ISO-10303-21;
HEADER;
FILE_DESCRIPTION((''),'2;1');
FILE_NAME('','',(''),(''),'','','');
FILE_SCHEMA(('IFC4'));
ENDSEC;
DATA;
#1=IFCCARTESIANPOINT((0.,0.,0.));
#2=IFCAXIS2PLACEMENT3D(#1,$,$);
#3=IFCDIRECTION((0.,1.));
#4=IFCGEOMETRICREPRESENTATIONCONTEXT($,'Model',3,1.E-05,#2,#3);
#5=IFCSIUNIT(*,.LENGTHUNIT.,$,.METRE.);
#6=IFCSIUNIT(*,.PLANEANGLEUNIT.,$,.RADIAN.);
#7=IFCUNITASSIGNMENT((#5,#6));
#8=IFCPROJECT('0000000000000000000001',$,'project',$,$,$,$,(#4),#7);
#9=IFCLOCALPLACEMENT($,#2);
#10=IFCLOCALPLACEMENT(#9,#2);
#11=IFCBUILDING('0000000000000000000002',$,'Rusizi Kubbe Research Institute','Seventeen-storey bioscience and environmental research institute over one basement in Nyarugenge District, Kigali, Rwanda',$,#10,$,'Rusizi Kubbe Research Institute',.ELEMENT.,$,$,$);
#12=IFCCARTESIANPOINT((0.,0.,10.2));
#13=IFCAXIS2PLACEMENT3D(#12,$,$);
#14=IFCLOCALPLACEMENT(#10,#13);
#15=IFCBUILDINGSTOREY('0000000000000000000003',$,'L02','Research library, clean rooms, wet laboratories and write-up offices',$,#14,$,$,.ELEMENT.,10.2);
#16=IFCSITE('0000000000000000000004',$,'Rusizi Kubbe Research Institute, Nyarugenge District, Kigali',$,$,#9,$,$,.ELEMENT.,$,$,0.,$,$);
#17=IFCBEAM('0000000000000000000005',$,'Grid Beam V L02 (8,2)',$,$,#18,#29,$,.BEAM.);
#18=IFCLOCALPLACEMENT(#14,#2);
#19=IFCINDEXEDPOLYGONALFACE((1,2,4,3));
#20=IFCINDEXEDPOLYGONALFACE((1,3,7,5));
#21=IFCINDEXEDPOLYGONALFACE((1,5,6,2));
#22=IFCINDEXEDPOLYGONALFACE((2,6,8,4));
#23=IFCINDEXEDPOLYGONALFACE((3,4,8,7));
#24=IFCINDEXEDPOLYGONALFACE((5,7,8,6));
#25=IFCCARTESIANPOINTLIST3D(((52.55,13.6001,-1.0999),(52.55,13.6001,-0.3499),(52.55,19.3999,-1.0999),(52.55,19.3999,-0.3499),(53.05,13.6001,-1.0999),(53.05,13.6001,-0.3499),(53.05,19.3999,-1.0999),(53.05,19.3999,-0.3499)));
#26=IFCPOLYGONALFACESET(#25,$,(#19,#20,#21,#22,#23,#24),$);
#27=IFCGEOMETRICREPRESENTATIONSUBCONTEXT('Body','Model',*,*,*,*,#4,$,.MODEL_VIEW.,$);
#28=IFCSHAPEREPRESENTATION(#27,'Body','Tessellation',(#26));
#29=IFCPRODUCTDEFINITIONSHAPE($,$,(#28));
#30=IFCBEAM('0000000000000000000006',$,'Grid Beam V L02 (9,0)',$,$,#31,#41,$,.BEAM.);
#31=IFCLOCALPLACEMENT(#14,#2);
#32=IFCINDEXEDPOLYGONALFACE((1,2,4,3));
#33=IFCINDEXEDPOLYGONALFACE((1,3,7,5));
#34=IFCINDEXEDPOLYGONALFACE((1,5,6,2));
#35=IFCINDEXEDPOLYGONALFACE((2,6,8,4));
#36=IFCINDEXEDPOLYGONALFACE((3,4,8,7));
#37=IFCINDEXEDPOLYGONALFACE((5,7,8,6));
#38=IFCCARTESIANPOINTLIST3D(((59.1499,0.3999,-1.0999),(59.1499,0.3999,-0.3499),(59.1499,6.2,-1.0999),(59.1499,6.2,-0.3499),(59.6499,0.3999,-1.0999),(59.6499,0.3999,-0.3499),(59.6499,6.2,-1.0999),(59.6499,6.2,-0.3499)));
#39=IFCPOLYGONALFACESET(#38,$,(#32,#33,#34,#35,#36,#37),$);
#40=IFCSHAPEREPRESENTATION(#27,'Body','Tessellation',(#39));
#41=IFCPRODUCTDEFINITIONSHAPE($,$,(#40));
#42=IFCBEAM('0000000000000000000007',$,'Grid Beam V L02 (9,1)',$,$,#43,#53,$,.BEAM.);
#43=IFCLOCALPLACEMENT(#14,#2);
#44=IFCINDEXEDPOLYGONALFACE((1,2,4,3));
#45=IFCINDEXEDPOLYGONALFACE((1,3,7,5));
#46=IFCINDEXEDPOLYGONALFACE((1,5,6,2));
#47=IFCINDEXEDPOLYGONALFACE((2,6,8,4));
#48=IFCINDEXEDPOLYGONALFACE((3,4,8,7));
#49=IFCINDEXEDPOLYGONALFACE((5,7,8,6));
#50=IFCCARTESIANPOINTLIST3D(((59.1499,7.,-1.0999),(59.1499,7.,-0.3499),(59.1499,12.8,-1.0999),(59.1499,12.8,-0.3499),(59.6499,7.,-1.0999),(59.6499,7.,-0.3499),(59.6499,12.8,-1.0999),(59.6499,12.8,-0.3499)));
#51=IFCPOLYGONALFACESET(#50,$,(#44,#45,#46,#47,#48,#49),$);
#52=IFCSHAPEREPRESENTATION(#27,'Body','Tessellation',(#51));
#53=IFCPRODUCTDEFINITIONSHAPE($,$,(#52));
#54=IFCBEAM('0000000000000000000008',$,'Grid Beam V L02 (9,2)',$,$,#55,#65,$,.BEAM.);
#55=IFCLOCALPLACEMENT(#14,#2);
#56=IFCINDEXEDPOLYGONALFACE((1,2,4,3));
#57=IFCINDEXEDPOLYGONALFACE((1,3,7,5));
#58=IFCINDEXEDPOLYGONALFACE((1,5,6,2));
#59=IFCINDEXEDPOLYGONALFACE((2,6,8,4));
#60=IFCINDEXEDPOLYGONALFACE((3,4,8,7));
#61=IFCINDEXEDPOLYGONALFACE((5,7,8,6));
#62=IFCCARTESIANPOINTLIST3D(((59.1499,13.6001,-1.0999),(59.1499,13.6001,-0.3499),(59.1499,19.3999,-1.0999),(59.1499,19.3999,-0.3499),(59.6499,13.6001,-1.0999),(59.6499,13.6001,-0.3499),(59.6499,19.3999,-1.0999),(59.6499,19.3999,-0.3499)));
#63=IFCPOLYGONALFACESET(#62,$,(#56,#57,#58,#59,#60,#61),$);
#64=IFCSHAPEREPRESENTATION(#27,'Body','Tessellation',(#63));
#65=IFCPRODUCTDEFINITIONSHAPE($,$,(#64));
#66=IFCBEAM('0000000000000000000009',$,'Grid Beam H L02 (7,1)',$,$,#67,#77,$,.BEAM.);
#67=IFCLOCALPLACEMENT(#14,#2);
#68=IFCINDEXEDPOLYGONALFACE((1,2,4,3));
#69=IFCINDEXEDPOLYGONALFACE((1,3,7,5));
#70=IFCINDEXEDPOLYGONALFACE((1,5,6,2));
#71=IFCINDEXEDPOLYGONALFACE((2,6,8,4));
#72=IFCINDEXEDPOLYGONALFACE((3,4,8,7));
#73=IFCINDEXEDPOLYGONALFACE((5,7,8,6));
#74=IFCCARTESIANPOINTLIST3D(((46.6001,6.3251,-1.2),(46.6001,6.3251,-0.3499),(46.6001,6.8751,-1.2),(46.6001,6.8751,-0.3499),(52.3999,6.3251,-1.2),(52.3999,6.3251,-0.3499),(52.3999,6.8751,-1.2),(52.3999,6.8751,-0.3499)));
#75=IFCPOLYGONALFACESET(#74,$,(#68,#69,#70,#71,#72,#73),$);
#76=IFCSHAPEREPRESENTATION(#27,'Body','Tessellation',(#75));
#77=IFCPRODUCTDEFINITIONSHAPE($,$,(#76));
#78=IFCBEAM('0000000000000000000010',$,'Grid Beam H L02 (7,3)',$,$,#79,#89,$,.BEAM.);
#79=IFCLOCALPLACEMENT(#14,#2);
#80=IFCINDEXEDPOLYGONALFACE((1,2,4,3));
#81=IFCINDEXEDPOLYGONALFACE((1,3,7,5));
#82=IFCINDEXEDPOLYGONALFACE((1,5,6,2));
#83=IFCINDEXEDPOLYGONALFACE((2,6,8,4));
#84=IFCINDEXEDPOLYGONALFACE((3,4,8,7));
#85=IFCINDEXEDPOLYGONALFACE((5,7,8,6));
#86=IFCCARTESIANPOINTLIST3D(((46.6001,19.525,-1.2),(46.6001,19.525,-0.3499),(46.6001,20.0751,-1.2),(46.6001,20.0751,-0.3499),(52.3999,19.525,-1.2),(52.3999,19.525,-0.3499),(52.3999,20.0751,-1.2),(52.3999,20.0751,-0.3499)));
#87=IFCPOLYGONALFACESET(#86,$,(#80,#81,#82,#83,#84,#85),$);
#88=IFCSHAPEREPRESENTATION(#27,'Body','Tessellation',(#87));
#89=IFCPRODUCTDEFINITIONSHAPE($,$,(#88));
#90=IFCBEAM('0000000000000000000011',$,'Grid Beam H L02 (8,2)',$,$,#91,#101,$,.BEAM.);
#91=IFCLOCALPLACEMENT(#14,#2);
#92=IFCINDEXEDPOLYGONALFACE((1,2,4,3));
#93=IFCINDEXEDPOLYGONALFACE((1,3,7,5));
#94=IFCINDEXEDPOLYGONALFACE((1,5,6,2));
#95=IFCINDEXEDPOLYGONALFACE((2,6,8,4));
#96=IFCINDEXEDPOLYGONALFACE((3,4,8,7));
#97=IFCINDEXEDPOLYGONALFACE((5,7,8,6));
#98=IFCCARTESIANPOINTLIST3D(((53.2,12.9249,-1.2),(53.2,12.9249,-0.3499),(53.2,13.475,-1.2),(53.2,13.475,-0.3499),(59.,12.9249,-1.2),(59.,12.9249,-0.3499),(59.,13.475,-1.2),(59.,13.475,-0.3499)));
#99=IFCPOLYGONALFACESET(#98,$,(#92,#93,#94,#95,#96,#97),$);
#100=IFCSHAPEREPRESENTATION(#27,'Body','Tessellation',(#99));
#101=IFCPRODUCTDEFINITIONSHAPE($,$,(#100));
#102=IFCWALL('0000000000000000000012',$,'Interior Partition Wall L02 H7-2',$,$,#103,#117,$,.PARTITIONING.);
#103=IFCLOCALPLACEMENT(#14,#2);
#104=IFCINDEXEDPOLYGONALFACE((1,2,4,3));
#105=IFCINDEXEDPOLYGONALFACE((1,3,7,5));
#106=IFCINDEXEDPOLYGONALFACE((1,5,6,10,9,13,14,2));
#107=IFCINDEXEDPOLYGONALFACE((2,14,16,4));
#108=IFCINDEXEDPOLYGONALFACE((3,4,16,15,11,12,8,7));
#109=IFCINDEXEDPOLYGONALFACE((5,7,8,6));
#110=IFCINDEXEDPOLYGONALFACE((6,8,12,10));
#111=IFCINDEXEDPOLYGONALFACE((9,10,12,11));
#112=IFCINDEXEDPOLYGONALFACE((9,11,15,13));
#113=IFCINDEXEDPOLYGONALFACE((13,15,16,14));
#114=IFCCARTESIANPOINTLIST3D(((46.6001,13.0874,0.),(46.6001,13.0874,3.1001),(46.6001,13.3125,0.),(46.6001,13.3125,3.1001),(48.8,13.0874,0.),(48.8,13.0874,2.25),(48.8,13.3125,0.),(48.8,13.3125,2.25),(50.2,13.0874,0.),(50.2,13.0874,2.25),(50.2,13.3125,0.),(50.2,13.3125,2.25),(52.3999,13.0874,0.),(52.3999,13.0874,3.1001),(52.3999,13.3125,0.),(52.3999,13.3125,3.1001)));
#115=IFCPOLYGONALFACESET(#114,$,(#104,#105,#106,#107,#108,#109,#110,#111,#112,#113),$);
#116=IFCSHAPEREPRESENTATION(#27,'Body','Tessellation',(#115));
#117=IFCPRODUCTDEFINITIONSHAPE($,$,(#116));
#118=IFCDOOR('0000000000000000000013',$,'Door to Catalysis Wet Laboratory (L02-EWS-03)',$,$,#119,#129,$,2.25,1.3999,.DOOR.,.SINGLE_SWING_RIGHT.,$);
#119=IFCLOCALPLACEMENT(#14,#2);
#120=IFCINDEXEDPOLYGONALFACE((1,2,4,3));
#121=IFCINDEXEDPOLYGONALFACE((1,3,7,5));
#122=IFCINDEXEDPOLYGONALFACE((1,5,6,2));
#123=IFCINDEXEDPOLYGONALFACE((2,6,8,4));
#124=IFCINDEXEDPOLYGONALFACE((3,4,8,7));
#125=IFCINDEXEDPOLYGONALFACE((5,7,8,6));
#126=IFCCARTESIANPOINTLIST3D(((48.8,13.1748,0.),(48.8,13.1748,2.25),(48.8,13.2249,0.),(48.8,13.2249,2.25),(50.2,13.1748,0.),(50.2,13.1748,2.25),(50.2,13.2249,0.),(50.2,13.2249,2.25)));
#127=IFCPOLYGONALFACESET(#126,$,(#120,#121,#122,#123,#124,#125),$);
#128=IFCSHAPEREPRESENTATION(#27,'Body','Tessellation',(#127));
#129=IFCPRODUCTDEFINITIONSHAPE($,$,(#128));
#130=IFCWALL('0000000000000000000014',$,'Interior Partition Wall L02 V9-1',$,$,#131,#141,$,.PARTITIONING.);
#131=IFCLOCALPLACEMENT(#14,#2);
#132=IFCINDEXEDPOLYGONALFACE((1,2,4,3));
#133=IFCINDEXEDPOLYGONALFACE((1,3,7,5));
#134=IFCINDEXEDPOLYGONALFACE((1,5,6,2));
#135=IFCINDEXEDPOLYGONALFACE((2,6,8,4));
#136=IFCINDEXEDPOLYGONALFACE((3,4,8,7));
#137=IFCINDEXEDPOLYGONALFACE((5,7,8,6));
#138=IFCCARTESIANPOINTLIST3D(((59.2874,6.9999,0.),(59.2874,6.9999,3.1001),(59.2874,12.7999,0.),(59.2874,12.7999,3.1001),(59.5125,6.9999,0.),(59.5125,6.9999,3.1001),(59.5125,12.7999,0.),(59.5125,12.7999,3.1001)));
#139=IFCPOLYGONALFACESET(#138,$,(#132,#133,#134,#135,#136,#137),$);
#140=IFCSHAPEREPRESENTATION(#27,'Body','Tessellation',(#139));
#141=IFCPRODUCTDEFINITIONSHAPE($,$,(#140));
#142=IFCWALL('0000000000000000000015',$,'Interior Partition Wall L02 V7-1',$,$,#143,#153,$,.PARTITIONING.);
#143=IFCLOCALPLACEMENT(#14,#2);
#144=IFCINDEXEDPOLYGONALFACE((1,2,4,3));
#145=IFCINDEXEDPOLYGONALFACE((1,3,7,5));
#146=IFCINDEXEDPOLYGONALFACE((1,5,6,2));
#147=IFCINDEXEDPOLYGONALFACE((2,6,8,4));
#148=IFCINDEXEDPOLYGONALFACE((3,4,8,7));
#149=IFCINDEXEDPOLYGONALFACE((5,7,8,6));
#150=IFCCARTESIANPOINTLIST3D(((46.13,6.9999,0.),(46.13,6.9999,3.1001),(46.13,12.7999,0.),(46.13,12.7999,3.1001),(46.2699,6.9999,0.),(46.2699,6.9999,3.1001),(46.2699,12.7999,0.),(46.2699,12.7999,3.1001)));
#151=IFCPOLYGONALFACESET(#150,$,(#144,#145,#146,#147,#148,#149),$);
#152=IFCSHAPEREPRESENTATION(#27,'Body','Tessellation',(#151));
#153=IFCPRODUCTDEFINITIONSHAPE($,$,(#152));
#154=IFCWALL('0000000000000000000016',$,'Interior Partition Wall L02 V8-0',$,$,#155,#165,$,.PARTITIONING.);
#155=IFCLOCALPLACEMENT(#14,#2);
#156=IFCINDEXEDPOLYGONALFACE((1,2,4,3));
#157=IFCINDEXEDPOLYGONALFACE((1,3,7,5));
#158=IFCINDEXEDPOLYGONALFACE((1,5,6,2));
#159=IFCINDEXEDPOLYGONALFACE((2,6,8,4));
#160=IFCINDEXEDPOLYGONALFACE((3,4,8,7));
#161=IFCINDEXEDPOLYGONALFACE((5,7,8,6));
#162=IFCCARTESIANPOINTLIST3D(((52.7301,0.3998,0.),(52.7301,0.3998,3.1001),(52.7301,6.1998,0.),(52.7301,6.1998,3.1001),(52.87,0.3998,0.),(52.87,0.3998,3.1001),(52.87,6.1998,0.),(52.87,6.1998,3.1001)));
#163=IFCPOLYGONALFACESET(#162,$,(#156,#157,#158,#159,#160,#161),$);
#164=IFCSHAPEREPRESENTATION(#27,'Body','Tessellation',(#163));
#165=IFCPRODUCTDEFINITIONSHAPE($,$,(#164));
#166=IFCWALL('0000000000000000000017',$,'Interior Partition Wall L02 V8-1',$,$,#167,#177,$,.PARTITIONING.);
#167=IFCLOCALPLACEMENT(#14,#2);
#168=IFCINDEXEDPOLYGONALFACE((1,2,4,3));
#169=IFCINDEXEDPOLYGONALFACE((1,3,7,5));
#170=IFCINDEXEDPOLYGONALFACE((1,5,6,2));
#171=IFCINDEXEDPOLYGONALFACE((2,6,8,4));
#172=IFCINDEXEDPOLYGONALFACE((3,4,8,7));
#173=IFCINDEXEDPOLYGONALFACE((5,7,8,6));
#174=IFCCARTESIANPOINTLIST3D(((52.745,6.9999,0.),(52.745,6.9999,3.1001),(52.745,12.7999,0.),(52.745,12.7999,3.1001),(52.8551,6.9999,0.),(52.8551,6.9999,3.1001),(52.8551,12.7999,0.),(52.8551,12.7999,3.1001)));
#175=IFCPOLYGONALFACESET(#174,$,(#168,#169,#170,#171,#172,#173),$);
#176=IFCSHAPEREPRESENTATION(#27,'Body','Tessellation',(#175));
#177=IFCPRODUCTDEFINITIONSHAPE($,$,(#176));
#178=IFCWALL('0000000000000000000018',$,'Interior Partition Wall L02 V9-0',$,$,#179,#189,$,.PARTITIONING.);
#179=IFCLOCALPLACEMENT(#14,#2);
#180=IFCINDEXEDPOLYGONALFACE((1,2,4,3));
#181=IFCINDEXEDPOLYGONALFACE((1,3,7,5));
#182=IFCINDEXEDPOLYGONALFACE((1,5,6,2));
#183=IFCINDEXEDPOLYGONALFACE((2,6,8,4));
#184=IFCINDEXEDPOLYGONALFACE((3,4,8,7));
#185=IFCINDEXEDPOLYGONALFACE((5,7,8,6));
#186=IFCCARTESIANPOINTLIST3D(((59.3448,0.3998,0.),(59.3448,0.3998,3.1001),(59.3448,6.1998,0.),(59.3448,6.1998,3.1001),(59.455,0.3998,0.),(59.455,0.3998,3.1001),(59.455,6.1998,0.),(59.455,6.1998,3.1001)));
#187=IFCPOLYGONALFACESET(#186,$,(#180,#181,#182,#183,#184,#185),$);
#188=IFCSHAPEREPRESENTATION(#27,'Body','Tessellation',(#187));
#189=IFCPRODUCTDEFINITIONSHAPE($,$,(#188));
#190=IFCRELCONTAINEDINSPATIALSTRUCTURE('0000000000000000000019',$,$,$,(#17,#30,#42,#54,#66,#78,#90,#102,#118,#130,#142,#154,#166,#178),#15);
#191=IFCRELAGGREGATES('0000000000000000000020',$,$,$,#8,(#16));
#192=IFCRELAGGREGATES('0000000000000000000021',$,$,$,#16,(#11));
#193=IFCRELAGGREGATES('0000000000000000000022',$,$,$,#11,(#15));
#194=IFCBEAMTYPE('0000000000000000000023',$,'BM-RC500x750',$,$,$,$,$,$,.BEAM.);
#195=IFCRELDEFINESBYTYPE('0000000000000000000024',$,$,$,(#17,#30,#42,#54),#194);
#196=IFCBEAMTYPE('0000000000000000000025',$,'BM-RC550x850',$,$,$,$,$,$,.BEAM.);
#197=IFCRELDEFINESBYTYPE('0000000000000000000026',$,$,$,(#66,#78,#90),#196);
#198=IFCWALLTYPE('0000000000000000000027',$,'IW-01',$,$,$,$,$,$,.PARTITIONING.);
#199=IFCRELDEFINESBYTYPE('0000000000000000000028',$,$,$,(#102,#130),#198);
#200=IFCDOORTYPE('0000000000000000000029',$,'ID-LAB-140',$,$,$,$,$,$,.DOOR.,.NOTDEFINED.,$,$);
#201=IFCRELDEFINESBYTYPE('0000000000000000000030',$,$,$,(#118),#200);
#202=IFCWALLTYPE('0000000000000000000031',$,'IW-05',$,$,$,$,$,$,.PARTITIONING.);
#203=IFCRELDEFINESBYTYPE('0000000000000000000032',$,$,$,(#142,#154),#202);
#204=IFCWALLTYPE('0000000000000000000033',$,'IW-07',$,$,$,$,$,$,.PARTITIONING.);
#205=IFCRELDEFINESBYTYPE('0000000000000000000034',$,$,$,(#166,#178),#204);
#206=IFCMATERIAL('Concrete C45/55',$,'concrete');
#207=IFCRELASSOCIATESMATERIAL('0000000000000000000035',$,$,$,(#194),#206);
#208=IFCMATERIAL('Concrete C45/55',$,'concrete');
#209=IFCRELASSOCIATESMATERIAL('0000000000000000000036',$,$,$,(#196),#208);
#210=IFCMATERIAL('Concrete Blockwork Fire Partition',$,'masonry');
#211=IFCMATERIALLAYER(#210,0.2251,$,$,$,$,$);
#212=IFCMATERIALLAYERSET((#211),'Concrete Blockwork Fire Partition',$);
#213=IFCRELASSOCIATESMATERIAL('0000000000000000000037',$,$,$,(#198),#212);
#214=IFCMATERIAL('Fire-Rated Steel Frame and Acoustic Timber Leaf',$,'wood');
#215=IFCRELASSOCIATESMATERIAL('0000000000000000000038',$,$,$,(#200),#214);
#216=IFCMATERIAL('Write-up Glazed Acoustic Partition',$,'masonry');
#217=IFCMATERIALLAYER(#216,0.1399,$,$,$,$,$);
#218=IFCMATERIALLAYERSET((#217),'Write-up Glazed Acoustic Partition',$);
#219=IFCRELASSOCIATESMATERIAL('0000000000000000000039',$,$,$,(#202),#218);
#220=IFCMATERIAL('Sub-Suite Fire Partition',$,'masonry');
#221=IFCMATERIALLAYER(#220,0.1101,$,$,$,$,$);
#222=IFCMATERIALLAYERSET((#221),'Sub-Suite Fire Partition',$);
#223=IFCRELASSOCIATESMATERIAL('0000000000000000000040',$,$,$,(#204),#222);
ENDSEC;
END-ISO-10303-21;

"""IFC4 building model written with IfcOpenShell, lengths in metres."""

from ifc_helpers import new_model, si_unit, direction, frame, frame_2d, origin, origin_2d, place, context, subcontext, project, spatial, rectangle, extrude, material, layer, layer_set, material_profile, profile_set, type_object, element, fill, save


model = new_model("IFC4")

# Units and contexts
model_context = context("Model", 3, precision=1e-05, world=origin(), true_north=direction((0.0, 1.0)))
body_context = subcontext(model_context, "Body", "Model", "MODEL_VIEW")
ifc_project = project(units=[si_unit("LENGTHUNIT", "METRE"), si_unit("PLANEANGLEUNIT", "RADIAN")], contexts=[model_context])

# Site, building, storey
site_placement = place(None, origin())
site = spatial("IfcSite", under=ifc_project, at=site_placement, Name="Rusizi Kubbe Research Institute, Nyarugenge District, Kigali", CompositionType="ELEMENT", RefElevation=0.0)
building_placement = place(site_placement, origin())
building = spatial("IfcBuilding", under=site, at=building_placement, Name="Rusizi Kubbe Research Institute", Description="Seventeen-storey bioscience and environmental research institute over one basement in Nyarugenge District, Kigali, Rwanda", LongName="Rusizi Kubbe Research Institute", CompositionType="ELEMENT")
storey_placement = place(building_placement, frame((0.0, 0.0, 10.2)))
storey = spatial("IfcBuildingStorey", under=building, at=storey_placement, Name="L02", Description="Research library, clean rooms, wet laboratories and write-up offices", CompositionType="ELEMENT", Elevation=10.2)

# Beams
ifc_material_1 = material(Name="Concrete C45/55", Category="concrete")
ifc_material_profile_1 = material_profile(ifc_material_1, rectangle(XDim=0.5, YDim=0.75, at=origin_2d()), Name="RC500x750B")
ifc_profile_set_1 = profile_set([ifc_material_profile_1], Name="Concrete C45/55")
beam_type_1 = type_object("IfcBeamType", Name="BM-RC500x750", PredefinedType="BEAM", material=ifc_profile_set_1)
beam_1_placement = place(storey_placement, frame((52.8, 13.6001, -0.7249), z_axis=(0.0, 1.0, 0.0), x_axis=(-1.0, 0.0, 0.0)))
element("IfcBeam", 1, at=beam_1_placement, inside=storey, type_object=beam_type_1, Name="Grid Beam V L02 (8,2)", PredefinedType="BEAM", context=body_context, shape_type="SweptSolid", body=[
    extrude(rectangle(XDim=0.5, YDim=0.75, at=origin_2d()), origin(), (0.0, 0.0, 1.0), 5.7998),
])
for number, where, z_axis, x_axis, name in (
    (2, (59.3999, 0.3999, -0.7249), (0.0, 1.0, 0.0), (-1.0, 0.0, 0.0), "Grid Beam V L02 (9,0)"),
    (3, (59.3999, 7.0, -0.7249), (0.0, 1.0, 0.0), (-1.0, 0.0, 0.0), "Grid Beam V L02 (9,1)"),
):
    element("IfcBeam", number, at=place(storey_placement, frame(where, z_axis=z_axis, x_axis=x_axis)), inside=storey, type_object=beam_type_1, Name=name, PredefinedType="BEAM", context=body_context, shape_type="SweptSolid", body=[
        extrude(rectangle(XDim=0.5, YDim=0.75, at=origin_2d()), origin(), (0.0, 0.0, 1.0), 5.8),
    ])
beam_2_placement = place(storey_placement, frame((59.3999, 13.6001, -0.7249), z_axis=(0.0, 1.0, 0.0), x_axis=(-1.0, 0.0, 0.0)))
element("IfcBeam", 4, at=beam_2_placement, inside=storey, type_object=beam_type_1, Name="Grid Beam V L02 (9,2)", PredefinedType="BEAM", context=body_context, shape_type="SweptSolid", body=[
    extrude(rectangle(XDim=0.5, YDim=0.75, at=origin_2d()), origin(), (0.0, 0.0, 1.0), 5.7998),
])
ifc_material_2 = material(Name="Concrete C45/55", Category="concrete")
ifc_material_profile_2 = material_profile(ifc_material_2, rectangle(XDim=0.55, YDim=0.8501, at=origin_2d()), Name="RC550x850")
ifc_profile_set_2 = profile_set([ifc_material_profile_2], Name="Concrete C45/55")
beam_type_2 = type_object("IfcBeamType", Name="BM-RC550x850", PredefinedType="BEAM", material=ifc_profile_set_2)
for number, where, z_axis, x_axis, name in (
    (5, (46.6001, 6.6001, -0.7749), (1.0, 0.0, 0.0), (0.0, 1.0, 0.0), "Grid Beam H L02 (7,1)"),
    (6, (46.6001, 19.8, -0.7749), (1.0, 0.0, 0.0), (0.0, 1.0, 0.0), "Grid Beam H L02 (7,3)"),
):
    element("IfcBeam", number, at=place(storey_placement, frame(where, z_axis=z_axis, x_axis=x_axis)), inside=storey, type_object=beam_type_2, Name=name, PredefinedType="BEAM", context=body_context, shape_type="SweptSolid", body=[
        extrude(rectangle(XDim=0.55, YDim=0.8501, at=origin_2d()), origin(), (0.0, 0.0, 1.0), 5.7998),
    ])
beam_3_placement = place(storey_placement, frame((53.2, 13.2, -0.7749), z_axis=(1.0, 0.0, 0.0), x_axis=(0.0, 1.0, 0.0)))
element("IfcBeam", 7, at=beam_3_placement, inside=storey, type_object=beam_type_2, Name="Grid Beam H L02 (8,2)", PredefinedType="BEAM", context=body_context, shape_type="SweptSolid", body=[
    extrude(rectangle(XDim=0.55, YDim=0.8501, at=origin_2d()), origin(), (0.0, 0.0, 1.0), 5.8),
])

# Wall, opening, door
ifc_material_3 = material(Name="Concrete Blockwork Fire Partition", Category="masonry")
ifc_layer_1 = layer(ifc_material_3, 0.2251)
ifc_layer_set_1 = layer_set([ifc_layer_1], Name="Concrete Blockwork Fire Partition")
wall_type_1 = type_object("IfcWallType", Name="IW-01", PredefinedType="PARTITIONING", material=ifc_layer_set_1)
wall_1_placement = place(storey_placement, frame((46.6001, 13.2, 0.0), z_axis=(0.0, 0.0, 1.0), x_axis=(1.0, 0.0, 0.0)))
wall_1 = element("IfcWall", 8, at=wall_1_placement, inside=storey, type_object=wall_type_1, Name="Interior Partition Wall L02 H7-2", PredefinedType="PARTITIONING", context=body_context, shape_type="SweptSolid", body=[
    extrude(rectangle(XDim=5.7998, YDim=0.2251, at=frame_2d((2.8999, 0.0))), origin(), (0.0, 0.0, 1.0), 3.1001),
])
opening_1_placement = place(wall_1_placement, frame((2.2, 0.0, 0.0)))
opening_1 = element("IfcOpeningElement", 9, at=opening_1_placement, cuts=wall_1, PredefinedType="OPENING", context=body_context, shape_type="SweptSolid", body=[
    extrude(rectangle(XDim=1.3999, YDim=2.25, at=frame_2d((0.7, 1.125))), frame((0.0, 0.1226, 0.0), z_axis=(0.0, -1.0, 0.0), x_axis=(1.0, 0.0, 0.0)), (0.0, 0.0, 1.0), 0.2451),
])
ifc_material_4 = material(Name="Fire-Rated Steel Frame and Acoustic Timber Leaf", Category="wood")
door_type_1 = type_object("IfcDoorType", Name="ID-LAB-140", OperationType="NOTDEFINED", PredefinedType="DOOR", material=ifc_material_4)
door_1_placement = place(opening_1_placement, origin())
door_1 = element("IfcDoor", 10, at=door_1_placement, inside=storey, type_object=door_type_1, Name="Door to Catalysis Wet Laboratory (L02-EWS-03)", OperationType="SINGLE_SWING_RIGHT", OverallHeight=2.25, OverallWidth=1.3999, PredefinedType="DOOR", context=body_context, shape_type="SweptSolid", body=[
    extrude(rectangle(XDim=1.3999, YDim=2.25, at=frame_2d((0.7, 1.125))), frame((0.0, 0.0249, 0.0), z_axis=(0.0, -1.0, 0.0), x_axis=(1.0, 0.0, 0.0)), (0.0, 0.0, 1.0), 0.05),
])
fill(opening_1, door_1)

# Walls
wall_2_placement = place(storey_placement, frame((59.3999, 7.0, 0.0), z_axis=(0.0, 0.0, 1.0), x_axis=(0.0, 1.0, 0.0)))
element("IfcWall", 11, at=wall_2_placement, inside=storey, type_object=wall_type_1, Name="Interior Partition Wall L02 V9-1", PredefinedType="PARTITIONING", context=body_context, shape_type="SweptSolid", body=[
    extrude(rectangle(XDim=5.8, YDim=0.2251, at=frame_2d((2.8999, 0.0))), origin(), (0.0, 0.0, 1.0), 3.1001),
])
ifc_material_5 = material(Name="Write-up Glazed Acoustic Partition", Category="masonry")
ifc_layer_2 = layer(ifc_material_5, 0.1399)
ifc_layer_set_2 = layer_set([ifc_layer_2], Name="Write-up Glazed Acoustic Partition")
wall_type_2 = type_object("IfcWallType", Name="IW-05", PredefinedType="PARTITIONING", material=ifc_layer_set_2)
for number, where, z_axis, x_axis, name in (
    (12, (46.2, 7.0, 0.0), (0.0, 0.0, 1.0), (0.0, 1.0, 0.0), "Interior Partition Wall L02 V7-1"),
    (13, (52.8, 0.3999, 0.0), (0.0, 0.0, 1.0), (0.0, 1.0, 0.0), "Interior Partition Wall L02 V8-0"),
):
    element("IfcWall", number, at=place(storey_placement, frame(where, z_axis=z_axis, x_axis=x_axis)), inside=storey, type_object=wall_type_2, Name=name, PredefinedType="PARTITIONING", context=body_context, shape_type="SweptSolid", body=[
        extrude(rectangle(XDim=5.8, YDim=0.1399, at=frame_2d((2.8999, 0.0))), origin(), (0.0, 0.0, 1.0), 3.1001),
    ])
ifc_material_6 = material(Name="Sub-Suite Fire Partition", Category="masonry")
ifc_layer_3 = layer(ifc_material_6, 0.1101)
ifc_layer_set_3 = layer_set([ifc_layer_3], Name="Sub-Suite Fire Partition")
wall_type_3 = type_object("IfcWallType", Name="IW-07", PredefinedType="PARTITIONING", material=ifc_layer_set_3)
for number, where, z_axis, x_axis, name in (
    (14, (52.8, 7.0, 0.0), (0.0, 0.0, 1.0), (0.0, 1.0, 0.0), "Interior Partition Wall L02 V8-1"),
    (15, (59.3999, 0.3999, 0.0), (0.0, 0.0, 1.0), (0.0, 1.0, 0.0), "Interior Partition Wall L02 V9-0"),
):
    element("IfcWall", number, at=place(storey_placement, frame(where, z_axis=z_axis, x_axis=x_axis)), inside=storey, type_object=wall_type_3, Name=name, PredefinedType="PARTITIONING", context=body_context, shape_type="SweptSolid", body=[
        extrude(rectangle(XDim=5.8, YDim=0.1101, at=frame_2d((2.8999, 0.0))), origin(), (0.0, 0.0, 1.0), 3.1001),
    ])

save(model, "model.ifc")
